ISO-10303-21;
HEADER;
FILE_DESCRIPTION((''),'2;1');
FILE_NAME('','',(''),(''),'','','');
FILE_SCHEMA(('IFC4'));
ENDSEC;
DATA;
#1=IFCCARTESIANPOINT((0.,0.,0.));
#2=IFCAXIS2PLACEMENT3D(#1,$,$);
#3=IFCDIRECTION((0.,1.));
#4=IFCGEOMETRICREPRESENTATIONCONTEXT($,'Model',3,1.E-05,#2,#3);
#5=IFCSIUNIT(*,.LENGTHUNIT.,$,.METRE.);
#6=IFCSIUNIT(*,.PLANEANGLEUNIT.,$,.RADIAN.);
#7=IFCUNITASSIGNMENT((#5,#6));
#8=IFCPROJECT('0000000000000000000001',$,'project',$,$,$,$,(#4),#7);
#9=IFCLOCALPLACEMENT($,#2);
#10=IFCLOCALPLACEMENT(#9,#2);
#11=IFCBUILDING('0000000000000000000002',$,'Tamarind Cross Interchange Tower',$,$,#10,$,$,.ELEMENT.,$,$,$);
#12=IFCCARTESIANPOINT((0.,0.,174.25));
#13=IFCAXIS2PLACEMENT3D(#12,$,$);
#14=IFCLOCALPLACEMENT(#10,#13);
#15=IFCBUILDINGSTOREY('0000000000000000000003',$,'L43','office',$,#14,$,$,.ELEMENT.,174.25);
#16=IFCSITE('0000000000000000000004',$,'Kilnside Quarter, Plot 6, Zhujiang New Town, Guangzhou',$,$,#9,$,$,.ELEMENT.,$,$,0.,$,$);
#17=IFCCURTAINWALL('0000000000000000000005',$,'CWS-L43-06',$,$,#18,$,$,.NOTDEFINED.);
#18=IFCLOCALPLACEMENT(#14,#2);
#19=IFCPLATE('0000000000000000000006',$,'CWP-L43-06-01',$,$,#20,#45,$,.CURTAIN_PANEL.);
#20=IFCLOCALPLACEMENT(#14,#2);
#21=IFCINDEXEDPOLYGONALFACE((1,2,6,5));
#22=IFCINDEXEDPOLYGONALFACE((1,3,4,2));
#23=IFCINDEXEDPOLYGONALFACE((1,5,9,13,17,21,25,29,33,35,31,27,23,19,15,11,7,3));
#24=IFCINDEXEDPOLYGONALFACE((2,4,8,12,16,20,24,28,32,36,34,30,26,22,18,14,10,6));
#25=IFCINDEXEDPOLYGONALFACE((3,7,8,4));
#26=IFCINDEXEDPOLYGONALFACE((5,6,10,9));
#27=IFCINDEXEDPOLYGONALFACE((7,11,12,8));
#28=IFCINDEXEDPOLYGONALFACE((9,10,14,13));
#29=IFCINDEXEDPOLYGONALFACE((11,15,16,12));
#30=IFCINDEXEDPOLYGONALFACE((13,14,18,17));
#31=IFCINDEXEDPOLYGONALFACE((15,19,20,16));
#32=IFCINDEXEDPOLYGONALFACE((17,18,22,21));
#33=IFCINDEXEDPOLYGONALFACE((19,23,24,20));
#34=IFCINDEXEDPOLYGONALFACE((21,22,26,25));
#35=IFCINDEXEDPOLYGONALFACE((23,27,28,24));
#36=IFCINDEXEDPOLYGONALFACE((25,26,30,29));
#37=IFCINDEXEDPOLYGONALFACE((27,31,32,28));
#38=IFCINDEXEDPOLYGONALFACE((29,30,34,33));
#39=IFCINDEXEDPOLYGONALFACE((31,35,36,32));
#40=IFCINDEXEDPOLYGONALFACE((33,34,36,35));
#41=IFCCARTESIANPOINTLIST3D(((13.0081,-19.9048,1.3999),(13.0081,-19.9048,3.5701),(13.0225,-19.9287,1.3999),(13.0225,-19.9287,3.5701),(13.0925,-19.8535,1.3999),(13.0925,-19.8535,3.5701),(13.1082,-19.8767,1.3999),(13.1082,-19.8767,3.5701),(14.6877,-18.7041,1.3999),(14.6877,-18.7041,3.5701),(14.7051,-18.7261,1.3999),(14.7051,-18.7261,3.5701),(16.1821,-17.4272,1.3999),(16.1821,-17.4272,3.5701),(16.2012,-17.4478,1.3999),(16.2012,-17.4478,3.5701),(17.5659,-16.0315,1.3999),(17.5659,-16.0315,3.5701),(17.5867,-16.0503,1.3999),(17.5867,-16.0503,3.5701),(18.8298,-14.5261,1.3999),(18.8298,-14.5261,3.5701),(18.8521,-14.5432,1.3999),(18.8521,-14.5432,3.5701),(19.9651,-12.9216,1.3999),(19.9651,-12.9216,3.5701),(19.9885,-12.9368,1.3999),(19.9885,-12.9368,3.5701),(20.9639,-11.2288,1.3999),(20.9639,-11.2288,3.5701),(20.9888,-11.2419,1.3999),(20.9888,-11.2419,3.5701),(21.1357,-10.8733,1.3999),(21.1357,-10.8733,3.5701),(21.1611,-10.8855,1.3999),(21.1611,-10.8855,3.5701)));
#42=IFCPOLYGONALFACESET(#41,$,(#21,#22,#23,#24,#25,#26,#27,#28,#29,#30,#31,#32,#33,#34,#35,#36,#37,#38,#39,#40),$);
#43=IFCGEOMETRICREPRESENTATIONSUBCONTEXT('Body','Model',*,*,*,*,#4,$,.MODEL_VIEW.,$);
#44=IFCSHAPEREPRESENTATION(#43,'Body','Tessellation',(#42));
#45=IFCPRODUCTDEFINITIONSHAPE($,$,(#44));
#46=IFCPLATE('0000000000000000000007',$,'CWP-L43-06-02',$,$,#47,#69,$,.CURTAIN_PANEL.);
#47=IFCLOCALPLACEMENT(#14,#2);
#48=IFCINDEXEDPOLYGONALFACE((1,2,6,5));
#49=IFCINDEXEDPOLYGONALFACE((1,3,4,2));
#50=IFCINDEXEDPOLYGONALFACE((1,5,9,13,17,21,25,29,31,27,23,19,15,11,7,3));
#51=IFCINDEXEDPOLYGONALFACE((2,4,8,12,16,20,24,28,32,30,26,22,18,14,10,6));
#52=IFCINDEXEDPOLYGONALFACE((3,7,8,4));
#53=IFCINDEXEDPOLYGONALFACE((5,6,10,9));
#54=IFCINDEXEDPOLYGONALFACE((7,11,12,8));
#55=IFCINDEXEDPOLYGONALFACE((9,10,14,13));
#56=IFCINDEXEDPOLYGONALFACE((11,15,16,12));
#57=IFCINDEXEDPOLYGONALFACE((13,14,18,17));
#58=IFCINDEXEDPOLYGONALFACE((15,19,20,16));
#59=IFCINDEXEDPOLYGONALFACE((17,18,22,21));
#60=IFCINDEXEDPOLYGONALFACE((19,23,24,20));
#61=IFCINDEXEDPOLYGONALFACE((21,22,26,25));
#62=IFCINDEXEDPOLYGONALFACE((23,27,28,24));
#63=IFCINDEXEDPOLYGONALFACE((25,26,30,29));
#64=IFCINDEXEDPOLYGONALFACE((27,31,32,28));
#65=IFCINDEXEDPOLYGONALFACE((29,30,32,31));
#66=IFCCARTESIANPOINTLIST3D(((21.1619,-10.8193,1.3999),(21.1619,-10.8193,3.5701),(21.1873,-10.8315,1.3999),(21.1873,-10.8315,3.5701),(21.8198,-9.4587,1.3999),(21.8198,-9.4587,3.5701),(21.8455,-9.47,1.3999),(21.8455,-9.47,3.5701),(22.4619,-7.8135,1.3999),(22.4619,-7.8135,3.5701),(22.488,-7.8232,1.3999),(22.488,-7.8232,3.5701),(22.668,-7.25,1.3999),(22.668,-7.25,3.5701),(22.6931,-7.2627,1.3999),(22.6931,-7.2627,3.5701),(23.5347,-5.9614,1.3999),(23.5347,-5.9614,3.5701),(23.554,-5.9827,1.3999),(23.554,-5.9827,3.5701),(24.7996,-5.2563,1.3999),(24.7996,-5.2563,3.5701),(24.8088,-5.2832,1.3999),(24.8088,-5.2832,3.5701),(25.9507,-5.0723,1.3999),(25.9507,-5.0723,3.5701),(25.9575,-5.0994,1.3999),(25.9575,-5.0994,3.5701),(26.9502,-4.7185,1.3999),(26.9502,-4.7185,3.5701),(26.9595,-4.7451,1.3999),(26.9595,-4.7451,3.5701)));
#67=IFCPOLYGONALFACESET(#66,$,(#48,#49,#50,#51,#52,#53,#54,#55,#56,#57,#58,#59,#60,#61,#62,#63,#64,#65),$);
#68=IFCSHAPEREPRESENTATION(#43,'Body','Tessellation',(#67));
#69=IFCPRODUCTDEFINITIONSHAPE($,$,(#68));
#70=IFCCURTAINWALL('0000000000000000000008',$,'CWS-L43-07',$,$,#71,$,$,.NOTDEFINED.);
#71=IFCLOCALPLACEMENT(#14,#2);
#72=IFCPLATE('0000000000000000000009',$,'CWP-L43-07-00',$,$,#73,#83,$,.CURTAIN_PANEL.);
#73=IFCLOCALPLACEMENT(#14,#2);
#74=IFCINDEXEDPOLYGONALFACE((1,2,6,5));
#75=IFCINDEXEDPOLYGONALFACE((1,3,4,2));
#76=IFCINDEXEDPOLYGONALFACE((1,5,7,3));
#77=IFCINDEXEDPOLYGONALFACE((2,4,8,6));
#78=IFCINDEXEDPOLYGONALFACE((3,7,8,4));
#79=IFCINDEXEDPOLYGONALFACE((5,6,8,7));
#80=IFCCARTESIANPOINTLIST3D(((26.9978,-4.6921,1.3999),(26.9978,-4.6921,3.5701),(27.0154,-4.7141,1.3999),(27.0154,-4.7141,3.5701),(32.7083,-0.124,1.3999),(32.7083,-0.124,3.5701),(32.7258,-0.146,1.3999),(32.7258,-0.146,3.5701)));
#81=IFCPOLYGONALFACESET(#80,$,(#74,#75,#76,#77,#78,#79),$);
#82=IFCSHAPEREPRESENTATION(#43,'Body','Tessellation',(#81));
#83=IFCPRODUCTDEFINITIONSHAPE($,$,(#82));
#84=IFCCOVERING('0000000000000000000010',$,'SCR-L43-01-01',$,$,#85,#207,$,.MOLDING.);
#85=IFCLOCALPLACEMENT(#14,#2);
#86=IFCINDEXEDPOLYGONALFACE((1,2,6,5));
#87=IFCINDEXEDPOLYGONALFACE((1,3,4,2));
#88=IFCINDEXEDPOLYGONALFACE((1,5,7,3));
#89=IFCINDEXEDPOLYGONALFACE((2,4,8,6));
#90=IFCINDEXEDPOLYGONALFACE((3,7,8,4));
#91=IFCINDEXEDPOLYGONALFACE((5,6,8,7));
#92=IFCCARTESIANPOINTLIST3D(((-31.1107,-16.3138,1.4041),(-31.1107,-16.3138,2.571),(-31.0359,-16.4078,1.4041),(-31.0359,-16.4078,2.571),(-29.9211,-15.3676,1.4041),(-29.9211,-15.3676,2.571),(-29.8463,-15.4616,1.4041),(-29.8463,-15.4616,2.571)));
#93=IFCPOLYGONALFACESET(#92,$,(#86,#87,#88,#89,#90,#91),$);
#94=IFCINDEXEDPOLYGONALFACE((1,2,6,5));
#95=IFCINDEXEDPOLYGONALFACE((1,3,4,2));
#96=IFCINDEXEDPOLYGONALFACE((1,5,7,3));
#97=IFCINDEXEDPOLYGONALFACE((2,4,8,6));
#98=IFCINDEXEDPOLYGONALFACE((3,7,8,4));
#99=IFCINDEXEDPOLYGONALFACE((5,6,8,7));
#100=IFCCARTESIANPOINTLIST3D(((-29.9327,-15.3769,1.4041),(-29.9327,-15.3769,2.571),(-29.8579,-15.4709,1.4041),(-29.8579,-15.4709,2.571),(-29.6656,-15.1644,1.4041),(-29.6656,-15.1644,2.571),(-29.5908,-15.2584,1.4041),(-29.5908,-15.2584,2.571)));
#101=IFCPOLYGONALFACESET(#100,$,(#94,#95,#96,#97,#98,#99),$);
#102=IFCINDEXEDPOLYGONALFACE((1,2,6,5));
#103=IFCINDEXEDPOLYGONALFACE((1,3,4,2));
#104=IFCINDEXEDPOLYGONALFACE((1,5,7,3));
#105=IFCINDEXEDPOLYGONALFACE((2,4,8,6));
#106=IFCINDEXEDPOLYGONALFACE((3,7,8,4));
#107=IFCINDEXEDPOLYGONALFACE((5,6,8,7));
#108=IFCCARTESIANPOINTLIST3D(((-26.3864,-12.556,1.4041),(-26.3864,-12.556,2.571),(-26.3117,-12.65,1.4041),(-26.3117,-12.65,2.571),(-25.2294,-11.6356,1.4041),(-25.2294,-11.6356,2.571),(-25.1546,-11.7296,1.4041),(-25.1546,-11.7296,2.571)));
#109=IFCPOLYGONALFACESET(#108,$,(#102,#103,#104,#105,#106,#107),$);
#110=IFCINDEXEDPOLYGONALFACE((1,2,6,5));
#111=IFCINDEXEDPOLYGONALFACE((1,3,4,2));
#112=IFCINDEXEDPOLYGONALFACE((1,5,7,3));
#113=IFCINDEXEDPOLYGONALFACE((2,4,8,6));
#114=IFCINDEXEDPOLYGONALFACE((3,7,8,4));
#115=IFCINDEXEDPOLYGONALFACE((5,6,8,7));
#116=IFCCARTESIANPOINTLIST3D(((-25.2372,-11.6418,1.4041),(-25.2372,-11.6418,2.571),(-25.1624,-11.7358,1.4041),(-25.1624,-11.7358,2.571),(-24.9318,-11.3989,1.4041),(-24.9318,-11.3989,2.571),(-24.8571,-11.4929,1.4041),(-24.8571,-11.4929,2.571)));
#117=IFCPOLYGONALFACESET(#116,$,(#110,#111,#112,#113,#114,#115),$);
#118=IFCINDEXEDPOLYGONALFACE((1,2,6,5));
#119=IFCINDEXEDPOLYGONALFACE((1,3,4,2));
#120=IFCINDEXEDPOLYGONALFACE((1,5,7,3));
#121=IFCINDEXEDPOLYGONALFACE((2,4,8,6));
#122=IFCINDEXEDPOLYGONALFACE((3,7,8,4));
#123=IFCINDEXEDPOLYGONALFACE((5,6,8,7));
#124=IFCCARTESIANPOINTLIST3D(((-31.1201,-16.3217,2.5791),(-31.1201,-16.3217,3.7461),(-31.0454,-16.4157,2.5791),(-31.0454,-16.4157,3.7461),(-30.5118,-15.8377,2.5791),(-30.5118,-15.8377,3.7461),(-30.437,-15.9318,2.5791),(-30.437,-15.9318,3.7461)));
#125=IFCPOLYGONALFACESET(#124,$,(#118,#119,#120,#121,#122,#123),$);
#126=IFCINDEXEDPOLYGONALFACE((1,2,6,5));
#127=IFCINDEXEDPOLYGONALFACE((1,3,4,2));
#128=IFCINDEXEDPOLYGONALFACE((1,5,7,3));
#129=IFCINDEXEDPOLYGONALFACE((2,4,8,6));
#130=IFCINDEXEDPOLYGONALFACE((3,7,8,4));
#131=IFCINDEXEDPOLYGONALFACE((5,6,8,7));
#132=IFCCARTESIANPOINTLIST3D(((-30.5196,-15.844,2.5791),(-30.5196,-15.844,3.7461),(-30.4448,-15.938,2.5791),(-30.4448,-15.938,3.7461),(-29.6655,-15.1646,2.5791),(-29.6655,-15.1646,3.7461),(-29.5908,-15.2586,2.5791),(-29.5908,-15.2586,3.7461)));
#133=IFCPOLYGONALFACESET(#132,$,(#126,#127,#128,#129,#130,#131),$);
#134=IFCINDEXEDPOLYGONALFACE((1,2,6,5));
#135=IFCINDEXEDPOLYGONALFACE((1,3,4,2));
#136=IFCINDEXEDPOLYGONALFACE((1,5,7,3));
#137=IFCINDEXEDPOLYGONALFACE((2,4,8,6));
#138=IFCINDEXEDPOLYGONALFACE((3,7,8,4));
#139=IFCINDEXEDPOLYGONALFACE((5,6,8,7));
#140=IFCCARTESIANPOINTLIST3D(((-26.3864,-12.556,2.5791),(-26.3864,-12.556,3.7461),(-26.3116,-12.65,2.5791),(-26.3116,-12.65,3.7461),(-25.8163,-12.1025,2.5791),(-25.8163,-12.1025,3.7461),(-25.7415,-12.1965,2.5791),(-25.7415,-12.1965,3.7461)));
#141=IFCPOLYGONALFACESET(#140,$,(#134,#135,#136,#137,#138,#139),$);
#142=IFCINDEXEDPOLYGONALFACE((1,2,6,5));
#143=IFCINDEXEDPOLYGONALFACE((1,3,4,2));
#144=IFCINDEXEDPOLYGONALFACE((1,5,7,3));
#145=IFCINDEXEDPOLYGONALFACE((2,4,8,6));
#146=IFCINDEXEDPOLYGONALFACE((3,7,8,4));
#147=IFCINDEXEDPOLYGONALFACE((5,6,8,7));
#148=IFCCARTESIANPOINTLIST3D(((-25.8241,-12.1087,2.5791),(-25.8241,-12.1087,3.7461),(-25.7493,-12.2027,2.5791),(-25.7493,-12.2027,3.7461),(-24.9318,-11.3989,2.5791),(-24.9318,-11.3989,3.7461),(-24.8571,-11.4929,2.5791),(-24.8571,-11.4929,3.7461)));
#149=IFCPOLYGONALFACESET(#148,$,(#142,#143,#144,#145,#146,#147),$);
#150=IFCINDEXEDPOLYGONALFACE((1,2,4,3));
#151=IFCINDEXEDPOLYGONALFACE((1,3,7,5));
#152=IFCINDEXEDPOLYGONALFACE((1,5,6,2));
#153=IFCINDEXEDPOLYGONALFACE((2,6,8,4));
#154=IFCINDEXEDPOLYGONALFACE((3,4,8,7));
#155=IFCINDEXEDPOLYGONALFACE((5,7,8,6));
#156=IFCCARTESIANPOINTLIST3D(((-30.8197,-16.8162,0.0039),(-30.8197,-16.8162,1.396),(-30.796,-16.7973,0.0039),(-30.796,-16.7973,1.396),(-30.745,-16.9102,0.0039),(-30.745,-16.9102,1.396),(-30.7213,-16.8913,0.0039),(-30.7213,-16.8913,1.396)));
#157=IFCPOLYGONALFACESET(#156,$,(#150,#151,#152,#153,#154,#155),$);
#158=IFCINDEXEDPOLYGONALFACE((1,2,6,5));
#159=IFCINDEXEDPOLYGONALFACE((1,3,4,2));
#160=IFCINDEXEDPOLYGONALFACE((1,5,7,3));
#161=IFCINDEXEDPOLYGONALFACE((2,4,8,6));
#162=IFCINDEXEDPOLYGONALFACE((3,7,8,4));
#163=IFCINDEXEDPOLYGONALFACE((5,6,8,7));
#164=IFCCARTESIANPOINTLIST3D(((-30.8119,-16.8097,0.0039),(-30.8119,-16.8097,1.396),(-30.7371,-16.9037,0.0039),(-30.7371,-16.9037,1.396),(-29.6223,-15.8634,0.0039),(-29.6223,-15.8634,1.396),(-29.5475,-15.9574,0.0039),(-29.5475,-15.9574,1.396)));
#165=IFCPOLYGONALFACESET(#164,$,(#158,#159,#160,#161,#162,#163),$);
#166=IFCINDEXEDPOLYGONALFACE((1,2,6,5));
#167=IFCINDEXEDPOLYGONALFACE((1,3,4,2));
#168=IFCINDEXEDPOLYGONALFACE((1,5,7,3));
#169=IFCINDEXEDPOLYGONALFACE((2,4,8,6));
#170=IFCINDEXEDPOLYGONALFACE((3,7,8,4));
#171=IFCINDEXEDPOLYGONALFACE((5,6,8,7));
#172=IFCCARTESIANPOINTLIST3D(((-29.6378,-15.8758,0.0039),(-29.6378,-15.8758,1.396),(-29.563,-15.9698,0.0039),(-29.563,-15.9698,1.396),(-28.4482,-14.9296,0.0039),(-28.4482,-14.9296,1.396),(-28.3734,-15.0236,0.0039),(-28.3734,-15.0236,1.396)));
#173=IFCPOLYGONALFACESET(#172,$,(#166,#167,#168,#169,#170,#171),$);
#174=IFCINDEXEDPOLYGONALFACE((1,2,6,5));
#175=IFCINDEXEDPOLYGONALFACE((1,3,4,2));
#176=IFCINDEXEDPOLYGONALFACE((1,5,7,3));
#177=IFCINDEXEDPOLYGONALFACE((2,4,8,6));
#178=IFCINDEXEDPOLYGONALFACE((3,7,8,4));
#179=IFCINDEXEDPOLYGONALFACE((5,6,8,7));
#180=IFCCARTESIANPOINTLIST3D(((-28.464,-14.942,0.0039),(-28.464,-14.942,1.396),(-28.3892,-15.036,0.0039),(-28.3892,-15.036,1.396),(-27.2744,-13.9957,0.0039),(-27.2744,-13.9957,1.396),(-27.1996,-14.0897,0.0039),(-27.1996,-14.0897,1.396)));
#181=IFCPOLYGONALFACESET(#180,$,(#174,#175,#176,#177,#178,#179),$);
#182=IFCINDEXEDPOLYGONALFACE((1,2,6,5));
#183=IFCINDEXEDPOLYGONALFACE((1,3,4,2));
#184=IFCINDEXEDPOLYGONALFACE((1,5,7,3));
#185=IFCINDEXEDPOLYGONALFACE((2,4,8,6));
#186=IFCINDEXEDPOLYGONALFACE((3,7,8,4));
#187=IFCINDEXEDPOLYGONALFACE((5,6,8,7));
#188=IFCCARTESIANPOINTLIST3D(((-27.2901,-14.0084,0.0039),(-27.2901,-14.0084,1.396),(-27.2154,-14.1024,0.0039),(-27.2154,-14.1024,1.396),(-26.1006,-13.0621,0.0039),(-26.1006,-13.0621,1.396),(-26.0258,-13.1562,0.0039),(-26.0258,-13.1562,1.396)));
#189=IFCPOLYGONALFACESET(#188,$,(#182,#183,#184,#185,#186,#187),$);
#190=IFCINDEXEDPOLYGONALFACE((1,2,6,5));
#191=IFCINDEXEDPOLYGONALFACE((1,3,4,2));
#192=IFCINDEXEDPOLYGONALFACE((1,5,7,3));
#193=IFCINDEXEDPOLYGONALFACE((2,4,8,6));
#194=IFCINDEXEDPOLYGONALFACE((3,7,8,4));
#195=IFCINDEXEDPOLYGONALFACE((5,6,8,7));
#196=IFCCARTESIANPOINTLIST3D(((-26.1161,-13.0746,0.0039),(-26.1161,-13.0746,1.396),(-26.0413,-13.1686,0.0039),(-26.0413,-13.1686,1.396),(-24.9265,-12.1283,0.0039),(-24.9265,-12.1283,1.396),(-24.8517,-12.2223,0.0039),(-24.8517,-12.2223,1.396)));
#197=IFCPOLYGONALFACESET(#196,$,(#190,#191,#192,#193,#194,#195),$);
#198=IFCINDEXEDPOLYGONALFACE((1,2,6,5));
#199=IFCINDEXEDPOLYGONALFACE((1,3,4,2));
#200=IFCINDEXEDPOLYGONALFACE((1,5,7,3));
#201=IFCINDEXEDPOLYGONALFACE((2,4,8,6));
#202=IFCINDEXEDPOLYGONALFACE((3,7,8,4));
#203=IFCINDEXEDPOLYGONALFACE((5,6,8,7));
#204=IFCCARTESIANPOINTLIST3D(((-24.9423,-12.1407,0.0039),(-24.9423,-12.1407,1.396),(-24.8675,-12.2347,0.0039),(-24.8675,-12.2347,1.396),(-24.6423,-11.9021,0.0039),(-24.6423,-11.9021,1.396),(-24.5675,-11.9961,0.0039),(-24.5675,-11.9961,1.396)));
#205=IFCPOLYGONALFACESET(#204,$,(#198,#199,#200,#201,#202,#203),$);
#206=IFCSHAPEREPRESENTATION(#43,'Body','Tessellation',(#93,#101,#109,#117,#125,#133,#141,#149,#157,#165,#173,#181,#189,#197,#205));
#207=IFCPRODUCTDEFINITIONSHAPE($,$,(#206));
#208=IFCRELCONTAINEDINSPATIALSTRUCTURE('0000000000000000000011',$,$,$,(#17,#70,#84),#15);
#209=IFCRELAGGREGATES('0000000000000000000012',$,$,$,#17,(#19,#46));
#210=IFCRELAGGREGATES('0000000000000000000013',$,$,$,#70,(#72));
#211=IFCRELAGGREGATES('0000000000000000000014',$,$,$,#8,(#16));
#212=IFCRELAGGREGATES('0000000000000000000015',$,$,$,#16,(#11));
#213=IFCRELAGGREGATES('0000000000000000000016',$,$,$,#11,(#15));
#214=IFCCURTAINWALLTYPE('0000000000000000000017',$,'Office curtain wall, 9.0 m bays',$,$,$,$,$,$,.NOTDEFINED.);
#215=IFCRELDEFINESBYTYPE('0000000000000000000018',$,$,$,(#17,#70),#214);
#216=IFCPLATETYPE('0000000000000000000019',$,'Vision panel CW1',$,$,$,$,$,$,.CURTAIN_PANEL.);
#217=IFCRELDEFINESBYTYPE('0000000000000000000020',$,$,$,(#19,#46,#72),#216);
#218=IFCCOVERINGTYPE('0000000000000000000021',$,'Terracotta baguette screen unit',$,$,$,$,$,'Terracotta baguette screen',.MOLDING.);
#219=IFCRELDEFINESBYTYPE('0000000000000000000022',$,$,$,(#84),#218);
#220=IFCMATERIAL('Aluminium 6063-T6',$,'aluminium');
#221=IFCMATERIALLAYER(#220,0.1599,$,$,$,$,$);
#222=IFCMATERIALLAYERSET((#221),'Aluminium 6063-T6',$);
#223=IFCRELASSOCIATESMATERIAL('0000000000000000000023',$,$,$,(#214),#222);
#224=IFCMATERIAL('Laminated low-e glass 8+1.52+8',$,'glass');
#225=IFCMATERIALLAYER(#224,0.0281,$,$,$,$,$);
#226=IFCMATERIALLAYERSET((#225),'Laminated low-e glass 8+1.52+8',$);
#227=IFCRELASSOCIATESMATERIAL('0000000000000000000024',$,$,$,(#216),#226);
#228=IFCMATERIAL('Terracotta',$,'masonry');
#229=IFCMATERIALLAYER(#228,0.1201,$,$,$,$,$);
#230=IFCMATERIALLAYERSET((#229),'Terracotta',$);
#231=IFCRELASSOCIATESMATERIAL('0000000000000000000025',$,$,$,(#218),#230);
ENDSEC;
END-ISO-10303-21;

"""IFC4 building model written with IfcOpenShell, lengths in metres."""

from ifc_helpers import new_model, si_unit, direction, frame, origin, origin_2d, place, context, subcontext, project, spatial, polyline, rectangle, outline, extrude, material, layer, layer_set, type_object, element, aggregate, save


model = new_model("IFC4")

# Units and contexts
model_context = context("Model", 3, precision=1e-05, world=origin(), true_north=direction((0.0, 1.0)))
body_context = subcontext(model_context, "Body", "Model", "MODEL_VIEW")
ifc_project = project(units=[si_unit("LENGTHUNIT", "METRE"), si_unit("PLANEANGLEUNIT", "RADIAN")], contexts=[model_context])

# Site, building, storey
site_placement = place(None, origin())
site = spatial("IfcSite", under=ifc_project, at=site_placement, Name="Kilnside Quarter, Plot 6, Zhujiang New Town, Guangzhou", CompositionType="ELEMENT", RefElevation=0.0)
building_placement = place(site_placement, origin())
building = spatial("IfcBuilding", under=site, at=building_placement, Name="Tamarind Cross Interchange Tower", CompositionType="ELEMENT")
storey_placement = place(building_placement, frame((0.0, 0.0, 174.25)))
storey = spatial("IfcBuildingStorey", under=building, at=storey_placement, Name="L43", Description="office", CompositionType="ELEMENT", Elevation=174.25)

# Curtain wall
ifc_material_1 = material(Name="Aluminium 6063-T6", Category="aluminium")
ifc_layer_1 = layer(ifc_material_1, 0.1599)
ifc_layer_set_1 = layer_set([ifc_layer_1], Name="Aluminium 6063-T6")
curtain_wall_type = type_object("IfcCurtainWallType", Name="Office curtain wall, 9.0 m bays", PredefinedType="NOTDEFINED", material=ifc_layer_set_1)
curtain_wall_1_placement = place(storey_placement, origin())
curtain_wall_1 = element("IfcCurtainWall", 1, at=curtain_wall_1_placement, inside=storey, type_object=curtain_wall_type, Name="CWS-L43-06", PredefinedType="NOTDEFINED")

# Plates
ifc_material_2 = material(Name="Laminated low-e glass 8+1.52+8", Category="glass")
ifc_layer_2 = layer(ifc_material_2, 0.0281)
ifc_layer_set_2 = layer_set([ifc_layer_2], Name="Laminated low-e glass 8+1.52+8")
plate_type = type_object("IfcPlateType", Name="Vision panel CW1", PredefinedType="CURTAIN_PANEL", material=ifc_layer_set_2)
plate_1_placement = place(storey_placement, frame((0.0, 0.0, 1.3999)))
plate_1 = element("IfcPlate", 2, at=plate_1_placement, type_object=plate_type, Name="CWP-L43-06-01", PredefinedType="CURTAIN_PANEL", context=body_context, shape_type="SweptSolid", body=[
    extrude(outline(polyline([(13.0081, -19.9048), (13.0925, -19.8535), (14.6877, -18.7041), (16.1821, -17.4272), (17.5659, -16.0315), (18.8298, -14.5261), (19.9651, -12.9216), (20.9639, -11.2288), (21.1357, -10.8733), (21.1611, -10.8855), (20.9888, -11.2419), (19.9885, -12.9368), (18.8521, -14.5432), (17.5867, -16.0503), (16.2012, -17.4478), (14.7051, -18.7261), (13.1082, -19.8767), (13.0225, -19.9287), (13.0081, -19.9048)])), origin(), (0.0, 0.0, 1.0), 2.1702),
])
plate_2_placement = place(storey_placement, frame((0.0, 0.0, 1.3999)))
plate_2 = element("IfcPlate", 3, at=plate_2_placement, type_object=plate_type, Name="CWP-L43-06-02", PredefinedType="CURTAIN_PANEL", context=body_context, shape_type="SweptSolid", body=[
    extrude(outline(polyline([(21.1619, -10.8193), (21.8198, -9.4587), (22.4619, -7.8135), (22.668, -7.25), (23.5347, -5.9614), (24.7996, -5.2563), (25.9507, -5.0723), (26.9502, -4.7185), (26.9595, -4.7451), (25.9575, -5.0994), (24.8088, -5.2832), (23.554, -5.9827), (22.6931, -7.2627), (22.488, -7.8232), (21.8455, -9.47), (21.1873, -10.8315), (21.1619, -10.8193)])), origin(), (0.0, 0.0, 1.0), 2.1702),
])
aggregate(curtain_wall_1, [plate_1, plate_2])

# Curtain wall, plate
curtain_wall_2_placement = place(storey_placement, origin())
curtain_wall_2 = element("IfcCurtainWall", 4, at=curtain_wall_2_placement, inside=storey, type_object=curtain_wall_type, Name="CWS-L43-07", PredefinedType="NOTDEFINED")
plate_3_placement = place(storey_placement, frame((0.0, 0.0, 1.3999)))
plate_3 = element("IfcPlate", 5, at=plate_3_placement, type_object=plate_type, Name="CWP-L43-07-00", PredefinedType="CURTAIN_PANEL", context=body_context, shape_type="SweptSolid", body=[
    extrude(outline(polyline([(26.9978, -4.6921), (32.7083, -0.124), (32.7258, -0.146), (27.0154, -4.7141), (26.9978, -4.6921)])), origin(), (0.0, 0.0, 1.0), 2.1702),
])
aggregate(curtain_wall_2, [plate_3])

# Covering
ifc_material_3 = material(Name="Terracotta", Category="masonry")
ifc_layer_3 = layer(ifc_material_3, 0.1201)
ifc_layer_set_3 = layer_set([ifc_layer_3], Name="Terracotta")
covering_type = type_object("IfcCoveringType", Name="Terracotta baguette screen unit", ElementType="Terracotta baguette screen", PredefinedType="MOLDING", material=ifc_layer_set_3)
covering_1_placement = place(storey_placement, origin())
element("IfcCovering", 6, at=covering_1_placement, inside=storey, type_object=covering_type, Name="SCR-L43-01-01", PredefinedType="MOLDING", context=body_context, shape_type="SweptSolid", body=[
    extrude(rectangle(XDim=1.52, YDim=0.1201, at=origin_2d()), frame((-30.4785, -15.8877, 1.4041), z_axis=(0.0, 0.0, 1.0), x_axis=(0.7826, 0.622525, 0.0)), (0.0, 0.0, 1.0), 1.167),
    extrude(rectangle(XDim=0.3413, YDim=0.1201, at=origin_2d()), frame((-29.7617, -15.3176, 1.4041), z_axis=(0.0, 0.0, 1.0), x_axis=(0.7826, 0.622525, 0.0)), (0.0, 0.0, 1.0), 1.167),
    extrude(rectangle(XDim=1.4785, YDim=0.1201, at=origin_2d()), frame((-25.7705, -12.1428, 1.4041), z_axis=(0.0, 0.0, 1.0), x_axis=(0.7826, 0.622525, 0.0)), (0.0, 0.0, 1.0), 1.167),
    extrude(rectangle(XDim=0.3901, YDim=0.1201, at=origin_2d()), frame((-25.0471, -11.5674, 1.4041), z_axis=(0.0, 0.0, 1.0), x_axis=(0.7826, 0.622525, 0.0)), (0.0, 0.0, 1.0), 1.167),
    extrude(rectangle(XDim=0.7773, YDim=0.1201, at=origin_2d()), frame((-30.7786, -16.1267, 2.5791), z_axis=(0.0, 0.0, 1.0), x_axis=(0.7826, 0.622525, 0.0)), (0.0, 0.0, 1.0), 1.167),
    extrude(rectangle(XDim=1.0913, YDim=0.1201, at=origin_2d()), frame((-30.0552, -15.5513, 2.5791), z_axis=(0.0, 0.0, 1.0), x_axis=(0.7826, 0.622525, 0.0)), (0.0, 0.0, 1.0), 1.167),
    extrude(rectangle(XDim=0.7285, YDim=0.1201, at=origin_2d()), frame((-26.064, -12.3762, 2.5791), z_axis=(0.0, 0.0, 1.0), x_axis=(0.7826, 0.622525, 0.0)), (0.0, 0.0, 1.0), 1.167),
    extrude(rectangle(XDim=1.1401, YDim=0.1201, at=origin_2d()), frame((-25.3406, -11.8008, 2.5791), z_axis=(0.0, 0.0, 1.0), x_axis=(0.7826, 0.622525, 0.0)), (0.0, 0.0, 1.0), 1.167),
    extrude(rectangle(XDim=0.0303, YDim=0.1201, at=origin_2d()), frame((-30.7705, -16.8538, 0.0039), z_axis=(0.0, 0.0, 1.0), x_axis=(0.7826, 0.622525, 0.0)), (0.0, 0.0, 1.0), 1.3921),
    extrude(rectangle(XDim=1.52, YDim=0.1201, at=origin_2d()), frame((-30.1797, -16.3835, 0.0039), z_axis=(0.0, 0.0, 1.0), x_axis=(0.7826, 0.622525, 0.0)), (0.0, 0.0, 1.0), 1.3921),
    extrude(rectangle(XDim=1.52, YDim=0.1201, at=origin_2d()), frame((-29.0056, -15.4497, 0.0039), z_axis=(0.0, 0.0, 1.0), x_axis=(0.7826, 0.622525, 0.0)), (0.0, 0.0, 1.0), 1.3921),
    extrude(rectangle(XDim=1.52, YDim=0.1201, at=origin_2d()), frame((-27.8318, -14.5159, 0.0039), z_axis=(0.0, 0.0, 1.0), x_axis=(0.7826, 0.622525, 0.0)), (0.0, 0.0, 1.0), 1.3921),
    extrude(rectangle(XDim=1.52, YDim=0.1201, at=origin_2d()), frame((-26.658, -13.5823, 0.0039), z_axis=(0.0, 0.0, 1.0), x_axis=(0.7826, 0.622525, 0.0)), (0.0, 0.0, 1.0), 1.3921),
    extrude(rectangle(XDim=1.52, YDim=0.1201, at=origin_2d()), frame((-25.4839, -12.6484, 0.0039), z_axis=(0.0, 0.0, 1.0), x_axis=(0.7826, 0.622525, 0.0)), (0.0, 0.0, 1.0), 1.3921),
    extrude(rectangle(XDim=0.3833, YDim=0.1201, at=origin_2d()), frame((-24.7549, -12.0684, 0.0039), z_axis=(0.0, 0.0, 1.0), x_axis=(0.7826, 0.622525, 0.0)), (0.0, 0.0, 1.0), 1.3921),
])

save(model, "model.ifc")
